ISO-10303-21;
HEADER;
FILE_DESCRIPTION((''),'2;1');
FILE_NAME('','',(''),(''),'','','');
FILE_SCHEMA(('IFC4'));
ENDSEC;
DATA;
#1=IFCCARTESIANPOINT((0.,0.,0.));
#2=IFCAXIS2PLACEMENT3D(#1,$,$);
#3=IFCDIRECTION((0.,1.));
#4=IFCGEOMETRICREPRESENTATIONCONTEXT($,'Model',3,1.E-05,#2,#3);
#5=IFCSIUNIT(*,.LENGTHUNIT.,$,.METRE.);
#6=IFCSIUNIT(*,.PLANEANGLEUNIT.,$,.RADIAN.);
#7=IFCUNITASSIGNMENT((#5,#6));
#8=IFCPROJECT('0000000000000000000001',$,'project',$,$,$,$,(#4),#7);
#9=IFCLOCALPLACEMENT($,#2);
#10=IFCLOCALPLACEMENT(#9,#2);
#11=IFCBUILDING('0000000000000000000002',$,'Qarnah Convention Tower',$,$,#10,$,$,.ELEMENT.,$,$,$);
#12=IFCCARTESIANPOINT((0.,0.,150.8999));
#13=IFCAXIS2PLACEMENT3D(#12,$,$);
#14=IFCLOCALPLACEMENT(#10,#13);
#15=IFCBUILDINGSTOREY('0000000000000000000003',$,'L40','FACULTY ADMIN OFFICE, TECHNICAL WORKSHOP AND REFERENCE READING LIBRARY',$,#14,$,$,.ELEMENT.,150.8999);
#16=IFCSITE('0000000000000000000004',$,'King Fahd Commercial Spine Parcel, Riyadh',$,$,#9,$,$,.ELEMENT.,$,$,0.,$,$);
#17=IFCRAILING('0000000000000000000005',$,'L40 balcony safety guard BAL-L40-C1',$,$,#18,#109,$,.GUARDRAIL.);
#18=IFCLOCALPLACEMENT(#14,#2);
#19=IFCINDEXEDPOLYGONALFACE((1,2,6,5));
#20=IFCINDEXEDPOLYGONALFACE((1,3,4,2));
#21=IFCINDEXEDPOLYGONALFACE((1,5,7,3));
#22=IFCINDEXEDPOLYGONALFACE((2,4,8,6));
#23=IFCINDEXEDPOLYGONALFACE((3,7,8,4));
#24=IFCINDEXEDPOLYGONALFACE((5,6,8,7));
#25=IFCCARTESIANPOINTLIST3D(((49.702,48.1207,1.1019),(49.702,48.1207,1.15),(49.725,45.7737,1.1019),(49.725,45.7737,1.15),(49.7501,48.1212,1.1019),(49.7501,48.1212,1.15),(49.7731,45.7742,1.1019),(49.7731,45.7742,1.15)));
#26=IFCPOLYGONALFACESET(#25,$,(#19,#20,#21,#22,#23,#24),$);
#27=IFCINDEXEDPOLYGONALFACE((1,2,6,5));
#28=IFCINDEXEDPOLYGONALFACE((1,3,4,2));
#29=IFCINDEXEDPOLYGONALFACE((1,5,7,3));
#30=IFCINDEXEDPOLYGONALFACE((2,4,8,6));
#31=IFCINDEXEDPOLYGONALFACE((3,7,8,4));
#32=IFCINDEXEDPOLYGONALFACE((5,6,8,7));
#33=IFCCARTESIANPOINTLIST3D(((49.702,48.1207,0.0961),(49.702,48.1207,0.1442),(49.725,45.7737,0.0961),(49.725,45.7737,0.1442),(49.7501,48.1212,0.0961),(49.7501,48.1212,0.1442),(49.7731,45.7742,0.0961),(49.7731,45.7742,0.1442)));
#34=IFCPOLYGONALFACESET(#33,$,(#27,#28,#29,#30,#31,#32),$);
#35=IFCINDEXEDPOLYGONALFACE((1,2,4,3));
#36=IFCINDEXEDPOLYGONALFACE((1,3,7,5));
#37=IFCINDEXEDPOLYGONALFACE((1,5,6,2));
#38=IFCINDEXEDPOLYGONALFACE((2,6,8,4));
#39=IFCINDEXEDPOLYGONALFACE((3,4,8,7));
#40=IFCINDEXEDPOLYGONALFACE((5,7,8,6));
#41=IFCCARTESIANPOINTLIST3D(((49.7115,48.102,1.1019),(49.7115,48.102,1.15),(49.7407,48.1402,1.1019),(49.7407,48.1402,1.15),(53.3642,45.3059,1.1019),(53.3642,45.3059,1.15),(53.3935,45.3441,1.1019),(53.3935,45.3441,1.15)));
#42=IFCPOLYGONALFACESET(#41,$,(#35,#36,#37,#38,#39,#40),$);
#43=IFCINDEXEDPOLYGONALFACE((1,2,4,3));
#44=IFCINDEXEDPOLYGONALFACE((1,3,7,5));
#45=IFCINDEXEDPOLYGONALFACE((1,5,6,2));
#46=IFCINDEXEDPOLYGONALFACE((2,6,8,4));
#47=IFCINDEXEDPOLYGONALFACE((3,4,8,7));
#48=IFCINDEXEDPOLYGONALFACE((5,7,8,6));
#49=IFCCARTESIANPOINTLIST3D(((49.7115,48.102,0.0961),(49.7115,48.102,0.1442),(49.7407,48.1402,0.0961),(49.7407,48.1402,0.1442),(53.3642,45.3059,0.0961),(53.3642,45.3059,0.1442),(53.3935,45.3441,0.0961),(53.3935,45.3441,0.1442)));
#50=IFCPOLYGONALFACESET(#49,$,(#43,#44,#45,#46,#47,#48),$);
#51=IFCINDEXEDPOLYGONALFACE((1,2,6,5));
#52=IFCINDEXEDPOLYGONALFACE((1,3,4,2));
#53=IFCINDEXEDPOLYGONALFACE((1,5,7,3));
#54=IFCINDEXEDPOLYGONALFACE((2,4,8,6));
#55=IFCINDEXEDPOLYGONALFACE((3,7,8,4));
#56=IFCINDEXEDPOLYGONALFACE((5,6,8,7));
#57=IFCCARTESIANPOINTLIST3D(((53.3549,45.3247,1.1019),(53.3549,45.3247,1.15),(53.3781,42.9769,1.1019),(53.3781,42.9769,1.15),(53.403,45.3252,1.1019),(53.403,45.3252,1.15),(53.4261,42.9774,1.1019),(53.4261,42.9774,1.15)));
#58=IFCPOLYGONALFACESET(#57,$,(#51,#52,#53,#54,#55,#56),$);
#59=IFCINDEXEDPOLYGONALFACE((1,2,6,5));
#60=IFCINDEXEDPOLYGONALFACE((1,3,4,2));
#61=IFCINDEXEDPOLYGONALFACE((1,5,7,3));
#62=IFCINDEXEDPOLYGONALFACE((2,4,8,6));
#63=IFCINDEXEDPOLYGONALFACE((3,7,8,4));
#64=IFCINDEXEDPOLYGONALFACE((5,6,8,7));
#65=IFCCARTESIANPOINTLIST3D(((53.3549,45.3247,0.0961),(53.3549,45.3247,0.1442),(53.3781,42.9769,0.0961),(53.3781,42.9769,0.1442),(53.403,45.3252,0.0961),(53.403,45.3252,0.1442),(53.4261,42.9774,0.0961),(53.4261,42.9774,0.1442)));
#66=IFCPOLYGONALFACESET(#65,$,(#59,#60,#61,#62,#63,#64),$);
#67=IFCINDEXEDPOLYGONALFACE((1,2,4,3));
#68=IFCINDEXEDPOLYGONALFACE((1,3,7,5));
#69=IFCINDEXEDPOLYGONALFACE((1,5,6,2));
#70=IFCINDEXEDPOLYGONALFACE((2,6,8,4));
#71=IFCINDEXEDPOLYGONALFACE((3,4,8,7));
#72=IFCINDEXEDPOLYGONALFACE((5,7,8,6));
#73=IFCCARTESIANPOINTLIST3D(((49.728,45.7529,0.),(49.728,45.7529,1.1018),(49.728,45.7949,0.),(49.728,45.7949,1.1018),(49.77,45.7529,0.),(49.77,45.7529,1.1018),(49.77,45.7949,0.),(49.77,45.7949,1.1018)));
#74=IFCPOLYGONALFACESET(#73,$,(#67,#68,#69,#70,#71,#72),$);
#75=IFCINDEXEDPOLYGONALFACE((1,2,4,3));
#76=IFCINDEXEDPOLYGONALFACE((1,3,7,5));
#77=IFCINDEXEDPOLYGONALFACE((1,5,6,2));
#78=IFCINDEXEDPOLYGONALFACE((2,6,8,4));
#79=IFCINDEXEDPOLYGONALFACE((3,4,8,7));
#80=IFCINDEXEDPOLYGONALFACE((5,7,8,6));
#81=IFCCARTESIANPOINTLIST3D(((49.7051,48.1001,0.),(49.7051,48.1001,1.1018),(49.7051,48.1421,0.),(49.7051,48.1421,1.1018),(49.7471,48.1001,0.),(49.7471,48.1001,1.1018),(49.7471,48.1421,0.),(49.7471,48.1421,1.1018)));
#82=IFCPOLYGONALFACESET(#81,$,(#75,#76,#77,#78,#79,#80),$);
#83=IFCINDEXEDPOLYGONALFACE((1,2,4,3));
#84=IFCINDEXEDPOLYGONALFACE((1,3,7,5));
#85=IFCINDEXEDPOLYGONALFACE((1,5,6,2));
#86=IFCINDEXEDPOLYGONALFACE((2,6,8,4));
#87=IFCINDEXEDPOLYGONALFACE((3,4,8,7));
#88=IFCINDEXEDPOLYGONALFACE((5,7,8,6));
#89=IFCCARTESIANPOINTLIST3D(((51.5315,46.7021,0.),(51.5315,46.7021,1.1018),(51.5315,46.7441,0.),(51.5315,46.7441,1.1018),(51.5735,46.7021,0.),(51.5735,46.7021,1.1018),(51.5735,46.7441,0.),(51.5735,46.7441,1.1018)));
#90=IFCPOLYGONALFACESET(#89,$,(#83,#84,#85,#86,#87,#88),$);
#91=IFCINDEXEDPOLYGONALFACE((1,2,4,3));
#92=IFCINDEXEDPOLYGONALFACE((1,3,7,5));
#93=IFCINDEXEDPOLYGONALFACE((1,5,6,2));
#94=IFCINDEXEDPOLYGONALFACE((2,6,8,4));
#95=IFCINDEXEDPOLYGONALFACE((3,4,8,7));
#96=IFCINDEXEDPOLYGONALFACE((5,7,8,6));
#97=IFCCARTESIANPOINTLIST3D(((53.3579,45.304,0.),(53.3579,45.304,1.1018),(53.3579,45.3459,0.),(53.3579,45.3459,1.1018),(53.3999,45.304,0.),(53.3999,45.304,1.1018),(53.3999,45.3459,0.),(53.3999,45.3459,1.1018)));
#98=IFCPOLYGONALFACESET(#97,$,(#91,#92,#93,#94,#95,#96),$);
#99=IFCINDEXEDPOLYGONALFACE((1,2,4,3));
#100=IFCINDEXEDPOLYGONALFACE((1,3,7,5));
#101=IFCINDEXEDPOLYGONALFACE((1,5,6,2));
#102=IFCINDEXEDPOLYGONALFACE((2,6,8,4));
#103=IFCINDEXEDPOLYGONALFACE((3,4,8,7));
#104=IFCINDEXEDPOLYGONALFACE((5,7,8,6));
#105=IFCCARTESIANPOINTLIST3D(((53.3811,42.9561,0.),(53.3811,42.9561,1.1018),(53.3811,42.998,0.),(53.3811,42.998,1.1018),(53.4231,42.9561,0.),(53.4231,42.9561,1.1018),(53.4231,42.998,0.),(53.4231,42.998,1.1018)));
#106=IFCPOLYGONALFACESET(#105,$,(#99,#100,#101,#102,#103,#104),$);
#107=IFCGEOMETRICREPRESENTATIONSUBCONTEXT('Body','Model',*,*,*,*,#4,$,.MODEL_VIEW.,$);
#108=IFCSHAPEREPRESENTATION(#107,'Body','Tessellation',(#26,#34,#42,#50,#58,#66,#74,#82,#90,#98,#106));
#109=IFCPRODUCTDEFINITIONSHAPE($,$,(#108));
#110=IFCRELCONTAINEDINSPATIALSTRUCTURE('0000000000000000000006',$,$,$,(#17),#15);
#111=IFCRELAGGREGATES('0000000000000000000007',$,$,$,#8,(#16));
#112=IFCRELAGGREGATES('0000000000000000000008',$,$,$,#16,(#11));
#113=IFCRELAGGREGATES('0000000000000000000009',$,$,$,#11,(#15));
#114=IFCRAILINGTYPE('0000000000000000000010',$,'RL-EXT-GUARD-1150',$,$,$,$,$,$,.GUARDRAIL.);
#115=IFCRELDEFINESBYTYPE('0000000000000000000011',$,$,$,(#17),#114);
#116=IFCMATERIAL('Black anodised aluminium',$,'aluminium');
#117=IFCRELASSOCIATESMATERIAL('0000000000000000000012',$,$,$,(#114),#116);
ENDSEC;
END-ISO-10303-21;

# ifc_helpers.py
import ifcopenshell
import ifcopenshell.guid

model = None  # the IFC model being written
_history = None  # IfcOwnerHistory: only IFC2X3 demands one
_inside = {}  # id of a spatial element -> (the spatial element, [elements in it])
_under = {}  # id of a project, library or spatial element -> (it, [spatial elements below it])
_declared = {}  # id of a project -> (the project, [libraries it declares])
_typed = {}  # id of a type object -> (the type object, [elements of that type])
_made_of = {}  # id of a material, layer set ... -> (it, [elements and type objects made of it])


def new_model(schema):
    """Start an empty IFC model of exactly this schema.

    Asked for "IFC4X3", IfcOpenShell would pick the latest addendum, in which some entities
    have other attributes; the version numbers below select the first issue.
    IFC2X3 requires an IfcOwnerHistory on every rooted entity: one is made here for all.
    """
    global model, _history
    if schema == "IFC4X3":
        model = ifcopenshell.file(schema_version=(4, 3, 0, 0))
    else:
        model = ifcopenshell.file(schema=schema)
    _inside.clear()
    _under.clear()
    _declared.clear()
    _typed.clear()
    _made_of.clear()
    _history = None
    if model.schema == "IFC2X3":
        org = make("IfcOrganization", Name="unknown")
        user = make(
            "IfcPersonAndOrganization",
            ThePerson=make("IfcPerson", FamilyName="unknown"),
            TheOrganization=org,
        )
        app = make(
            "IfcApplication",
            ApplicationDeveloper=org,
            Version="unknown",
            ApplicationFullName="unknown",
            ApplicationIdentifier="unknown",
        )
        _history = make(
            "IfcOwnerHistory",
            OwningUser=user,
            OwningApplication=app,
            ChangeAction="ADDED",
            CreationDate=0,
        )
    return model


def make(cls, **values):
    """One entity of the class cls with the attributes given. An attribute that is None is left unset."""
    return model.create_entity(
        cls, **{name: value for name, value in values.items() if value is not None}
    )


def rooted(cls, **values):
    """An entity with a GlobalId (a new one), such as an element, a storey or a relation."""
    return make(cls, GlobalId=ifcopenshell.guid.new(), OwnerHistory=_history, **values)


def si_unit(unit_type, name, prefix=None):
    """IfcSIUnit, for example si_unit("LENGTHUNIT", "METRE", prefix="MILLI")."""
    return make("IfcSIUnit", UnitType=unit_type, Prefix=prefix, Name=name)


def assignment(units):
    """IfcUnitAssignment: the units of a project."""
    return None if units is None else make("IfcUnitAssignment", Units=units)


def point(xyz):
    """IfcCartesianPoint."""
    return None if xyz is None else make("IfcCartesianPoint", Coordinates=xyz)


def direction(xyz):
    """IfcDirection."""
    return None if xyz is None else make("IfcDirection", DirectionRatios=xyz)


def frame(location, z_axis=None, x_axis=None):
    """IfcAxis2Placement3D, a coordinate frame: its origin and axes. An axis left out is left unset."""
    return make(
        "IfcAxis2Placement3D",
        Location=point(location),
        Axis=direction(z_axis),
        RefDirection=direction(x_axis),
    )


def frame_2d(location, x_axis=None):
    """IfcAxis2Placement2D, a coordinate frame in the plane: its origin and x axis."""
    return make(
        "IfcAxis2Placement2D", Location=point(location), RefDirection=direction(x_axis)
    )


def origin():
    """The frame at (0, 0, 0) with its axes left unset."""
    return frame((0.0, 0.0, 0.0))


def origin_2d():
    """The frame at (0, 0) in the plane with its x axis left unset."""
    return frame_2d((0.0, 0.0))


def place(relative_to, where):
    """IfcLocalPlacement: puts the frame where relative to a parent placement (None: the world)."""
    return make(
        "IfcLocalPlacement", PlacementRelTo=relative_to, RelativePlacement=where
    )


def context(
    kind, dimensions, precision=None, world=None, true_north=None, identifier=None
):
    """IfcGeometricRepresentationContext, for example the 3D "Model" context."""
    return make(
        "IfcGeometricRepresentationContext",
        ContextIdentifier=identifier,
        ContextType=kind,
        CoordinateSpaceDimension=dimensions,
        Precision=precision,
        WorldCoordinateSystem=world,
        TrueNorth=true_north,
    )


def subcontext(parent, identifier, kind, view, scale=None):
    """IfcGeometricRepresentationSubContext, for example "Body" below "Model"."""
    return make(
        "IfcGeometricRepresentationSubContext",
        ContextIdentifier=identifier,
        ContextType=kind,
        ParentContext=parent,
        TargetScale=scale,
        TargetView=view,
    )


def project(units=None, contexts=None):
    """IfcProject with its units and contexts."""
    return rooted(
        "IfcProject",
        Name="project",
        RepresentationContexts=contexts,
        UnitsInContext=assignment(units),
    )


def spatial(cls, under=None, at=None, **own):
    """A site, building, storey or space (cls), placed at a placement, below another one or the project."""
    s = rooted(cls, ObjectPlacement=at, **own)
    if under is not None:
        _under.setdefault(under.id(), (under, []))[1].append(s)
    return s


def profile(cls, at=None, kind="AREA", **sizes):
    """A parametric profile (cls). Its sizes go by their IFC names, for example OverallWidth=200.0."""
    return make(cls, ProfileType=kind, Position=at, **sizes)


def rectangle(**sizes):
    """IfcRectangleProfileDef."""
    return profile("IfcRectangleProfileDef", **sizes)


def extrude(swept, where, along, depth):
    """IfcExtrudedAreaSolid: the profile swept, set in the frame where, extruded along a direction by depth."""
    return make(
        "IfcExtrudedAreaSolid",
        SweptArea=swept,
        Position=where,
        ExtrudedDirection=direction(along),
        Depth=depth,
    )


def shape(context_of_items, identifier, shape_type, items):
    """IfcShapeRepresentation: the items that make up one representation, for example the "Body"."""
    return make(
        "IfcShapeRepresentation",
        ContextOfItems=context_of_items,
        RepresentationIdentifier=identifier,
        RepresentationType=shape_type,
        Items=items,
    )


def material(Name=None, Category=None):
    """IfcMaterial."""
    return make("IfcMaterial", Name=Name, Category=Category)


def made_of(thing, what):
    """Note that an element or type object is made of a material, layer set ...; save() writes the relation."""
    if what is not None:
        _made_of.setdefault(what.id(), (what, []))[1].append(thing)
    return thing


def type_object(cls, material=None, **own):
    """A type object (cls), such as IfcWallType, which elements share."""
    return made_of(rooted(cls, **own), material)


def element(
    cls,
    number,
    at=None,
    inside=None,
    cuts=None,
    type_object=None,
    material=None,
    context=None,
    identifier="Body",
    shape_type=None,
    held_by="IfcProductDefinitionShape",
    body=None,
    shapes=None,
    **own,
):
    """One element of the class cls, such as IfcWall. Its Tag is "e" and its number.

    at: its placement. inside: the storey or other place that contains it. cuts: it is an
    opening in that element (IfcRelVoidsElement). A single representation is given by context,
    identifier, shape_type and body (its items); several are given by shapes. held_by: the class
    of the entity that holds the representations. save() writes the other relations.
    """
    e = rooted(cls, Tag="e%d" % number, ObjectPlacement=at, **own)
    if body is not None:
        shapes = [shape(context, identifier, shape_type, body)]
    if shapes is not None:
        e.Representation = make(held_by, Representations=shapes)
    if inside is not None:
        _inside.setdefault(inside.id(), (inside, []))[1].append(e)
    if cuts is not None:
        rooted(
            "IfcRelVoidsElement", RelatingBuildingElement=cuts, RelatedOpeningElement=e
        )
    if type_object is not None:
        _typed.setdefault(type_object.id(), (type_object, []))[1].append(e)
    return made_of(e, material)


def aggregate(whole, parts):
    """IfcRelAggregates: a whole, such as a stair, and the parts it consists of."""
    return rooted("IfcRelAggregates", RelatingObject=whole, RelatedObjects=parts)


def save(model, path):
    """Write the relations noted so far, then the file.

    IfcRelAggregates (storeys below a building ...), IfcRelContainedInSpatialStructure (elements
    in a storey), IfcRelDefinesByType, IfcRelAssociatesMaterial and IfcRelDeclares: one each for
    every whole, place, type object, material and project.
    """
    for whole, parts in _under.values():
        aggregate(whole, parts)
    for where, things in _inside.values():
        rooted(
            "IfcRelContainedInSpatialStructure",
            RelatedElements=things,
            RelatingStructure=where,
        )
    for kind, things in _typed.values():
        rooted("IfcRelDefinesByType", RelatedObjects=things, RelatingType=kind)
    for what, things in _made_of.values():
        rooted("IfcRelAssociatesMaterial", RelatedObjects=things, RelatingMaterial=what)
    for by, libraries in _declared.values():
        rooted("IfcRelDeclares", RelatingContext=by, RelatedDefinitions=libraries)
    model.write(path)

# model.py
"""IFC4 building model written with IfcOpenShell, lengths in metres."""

from ifc_helpers import new_model, si_unit, direction, frame, origin, origin_2d, place, context, subcontext, project, spatial, rectangle, extrude, material, type_object, element, save


model = new_model("IFC4")

# Units and contexts
model_context = context("Model", 3, precision=1e-05, world=origin(), true_north=direction((0.0, 1.0)))
body_context = subcontext(model_context, "Body", "Model", "MODEL_VIEW")
ifc_project = project(units=[si_unit("LENGTHUNIT", "METRE"), si_unit("PLANEANGLEUNIT", "RADIAN")], contexts=[model_context])

# Site, building, storey
site_placement = place(None, origin())
site = spatial("IfcSite", under=ifc_project, at=site_placement, Name="King Fahd Commercial Spine Parcel, Riyadh", CompositionType="ELEMENT", RefElevation=0.0)
building_placement = place(site_placement, origin())
building = spatial("IfcBuilding", under=site, at=building_placement, Name="Qarnah Convention Tower", CompositionType="ELEMENT")
storey_placement = place(building_placement, frame((0.0, 0.0, 150.8999)))
storey = spatial("IfcBuildingStorey", under=building, at=storey_placement, Name="L40", Description="FACULTY ADMIN OFFICE, TECHNICAL WORKSHOP AND REFERENCE READING LIBRARY", CompositionType="ELEMENT", Elevation=150.8999)

# Shared definitions
ifc_material_1 = material(Name="Black anodised aluminium", Category="aluminium")

# Railing
railing_type = type_object("IfcRailingType", Name="RL-EXT-GUARD-1150", PredefinedType="GUARDRAIL", material=ifc_material_1)
railing_1_placement = place(storey_placement, frame((49.749, 45.7739, 0.0)))
element("IfcRailing", 1, at=railing_1_placement, inside=storey, type_object=railing_type, Name="L40 balcony safety guard BAL-L40-C1", PredefinedType="GUARDRAIL", context=body_context, shape_type="SweptSolid", body=[
    extrude(rectangle(XDim=0.0481, YDim=0.0481, at=origin_2d()), frame((0.0, 0.0, 1.126), z_axis=(-0.009777, 0.999952, 0.0), x_axis=(-0.999952, -0.009777, 0.0)), (0.0, 0.0, 1.0), 2.3472),
    extrude(rectangle(XDim=0.0481, YDim=0.0481, at=origin_2d()), frame((0.0, 0.0, 0.1201), z_axis=(-0.009777, 0.999952, 0.0), x_axis=(-0.999952, -0.009777, 0.0)), (0.0, 0.0, 1.0), 2.3472),
    extrude(rectangle(XDim=0.0481, YDim=0.0481, at=origin_2d()), frame((-0.0229, 2.3472, 1.126), z_axis=(0.794064, -0.607834, 0.0), x_axis=(0.607834, 0.794064, 0.0)), (0.0, 0.0, 1.0), 4.6001),
    extrude(rectangle(XDim=0.0481, YDim=0.0481, at=origin_2d()), frame((-0.0229, 2.3472, 0.1201), z_axis=(0.794064, -0.607834, 0.0), x_axis=(0.607834, 0.794064, 0.0)), (0.0, 0.0, 1.0), 4.6001),
    extrude(rectangle(XDim=0.0481, YDim=0.0481, at=origin_2d()), frame((3.6299, -0.449, 1.126), z_axis=(0.009878, -0.999951, 0.0), x_axis=(0.999951, 0.009878, 0.0)), (0.0, 0.0, 1.0), 2.3479),
    extrude(rectangle(XDim=0.0481, YDim=0.0481, at=origin_2d()), frame((3.6299, -0.449, 0.1201), z_axis=(0.009878, -0.999951, 0.0), x_axis=(0.999951, 0.009878, 0.0)), (0.0, 0.0, 1.0), 2.3479),
    extrude(rectangle(XDim=0.042, YDim=0.042, at=origin_2d()), origin(), (0.0, 0.0, 1.0), 1.1018),
    extrude(rectangle(XDim=0.042, YDim=0.042, at=origin_2d()), frame((-0.0229, 2.3472, 0.0)), (0.0, 0.0, 1.0), 1.1018),
    extrude(rectangle(XDim=0.042, YDim=0.042, at=origin_2d()), frame((1.8035, 0.9492, 0.0)), (0.0, 0.0, 1.0), 1.1018),
    extrude(rectangle(XDim=0.042, YDim=0.042, at=origin_2d()), frame((3.6299, -0.449, 0.0)), (0.0, 0.0, 1.0), 1.1018),
    extrude(rectangle(XDim=0.042, YDim=0.042, at=origin_2d()), frame((3.6531, -2.7969, 0.0)), (0.0, 0.0, 1.0), 1.1018),
])

save(model, "model.ifc")
